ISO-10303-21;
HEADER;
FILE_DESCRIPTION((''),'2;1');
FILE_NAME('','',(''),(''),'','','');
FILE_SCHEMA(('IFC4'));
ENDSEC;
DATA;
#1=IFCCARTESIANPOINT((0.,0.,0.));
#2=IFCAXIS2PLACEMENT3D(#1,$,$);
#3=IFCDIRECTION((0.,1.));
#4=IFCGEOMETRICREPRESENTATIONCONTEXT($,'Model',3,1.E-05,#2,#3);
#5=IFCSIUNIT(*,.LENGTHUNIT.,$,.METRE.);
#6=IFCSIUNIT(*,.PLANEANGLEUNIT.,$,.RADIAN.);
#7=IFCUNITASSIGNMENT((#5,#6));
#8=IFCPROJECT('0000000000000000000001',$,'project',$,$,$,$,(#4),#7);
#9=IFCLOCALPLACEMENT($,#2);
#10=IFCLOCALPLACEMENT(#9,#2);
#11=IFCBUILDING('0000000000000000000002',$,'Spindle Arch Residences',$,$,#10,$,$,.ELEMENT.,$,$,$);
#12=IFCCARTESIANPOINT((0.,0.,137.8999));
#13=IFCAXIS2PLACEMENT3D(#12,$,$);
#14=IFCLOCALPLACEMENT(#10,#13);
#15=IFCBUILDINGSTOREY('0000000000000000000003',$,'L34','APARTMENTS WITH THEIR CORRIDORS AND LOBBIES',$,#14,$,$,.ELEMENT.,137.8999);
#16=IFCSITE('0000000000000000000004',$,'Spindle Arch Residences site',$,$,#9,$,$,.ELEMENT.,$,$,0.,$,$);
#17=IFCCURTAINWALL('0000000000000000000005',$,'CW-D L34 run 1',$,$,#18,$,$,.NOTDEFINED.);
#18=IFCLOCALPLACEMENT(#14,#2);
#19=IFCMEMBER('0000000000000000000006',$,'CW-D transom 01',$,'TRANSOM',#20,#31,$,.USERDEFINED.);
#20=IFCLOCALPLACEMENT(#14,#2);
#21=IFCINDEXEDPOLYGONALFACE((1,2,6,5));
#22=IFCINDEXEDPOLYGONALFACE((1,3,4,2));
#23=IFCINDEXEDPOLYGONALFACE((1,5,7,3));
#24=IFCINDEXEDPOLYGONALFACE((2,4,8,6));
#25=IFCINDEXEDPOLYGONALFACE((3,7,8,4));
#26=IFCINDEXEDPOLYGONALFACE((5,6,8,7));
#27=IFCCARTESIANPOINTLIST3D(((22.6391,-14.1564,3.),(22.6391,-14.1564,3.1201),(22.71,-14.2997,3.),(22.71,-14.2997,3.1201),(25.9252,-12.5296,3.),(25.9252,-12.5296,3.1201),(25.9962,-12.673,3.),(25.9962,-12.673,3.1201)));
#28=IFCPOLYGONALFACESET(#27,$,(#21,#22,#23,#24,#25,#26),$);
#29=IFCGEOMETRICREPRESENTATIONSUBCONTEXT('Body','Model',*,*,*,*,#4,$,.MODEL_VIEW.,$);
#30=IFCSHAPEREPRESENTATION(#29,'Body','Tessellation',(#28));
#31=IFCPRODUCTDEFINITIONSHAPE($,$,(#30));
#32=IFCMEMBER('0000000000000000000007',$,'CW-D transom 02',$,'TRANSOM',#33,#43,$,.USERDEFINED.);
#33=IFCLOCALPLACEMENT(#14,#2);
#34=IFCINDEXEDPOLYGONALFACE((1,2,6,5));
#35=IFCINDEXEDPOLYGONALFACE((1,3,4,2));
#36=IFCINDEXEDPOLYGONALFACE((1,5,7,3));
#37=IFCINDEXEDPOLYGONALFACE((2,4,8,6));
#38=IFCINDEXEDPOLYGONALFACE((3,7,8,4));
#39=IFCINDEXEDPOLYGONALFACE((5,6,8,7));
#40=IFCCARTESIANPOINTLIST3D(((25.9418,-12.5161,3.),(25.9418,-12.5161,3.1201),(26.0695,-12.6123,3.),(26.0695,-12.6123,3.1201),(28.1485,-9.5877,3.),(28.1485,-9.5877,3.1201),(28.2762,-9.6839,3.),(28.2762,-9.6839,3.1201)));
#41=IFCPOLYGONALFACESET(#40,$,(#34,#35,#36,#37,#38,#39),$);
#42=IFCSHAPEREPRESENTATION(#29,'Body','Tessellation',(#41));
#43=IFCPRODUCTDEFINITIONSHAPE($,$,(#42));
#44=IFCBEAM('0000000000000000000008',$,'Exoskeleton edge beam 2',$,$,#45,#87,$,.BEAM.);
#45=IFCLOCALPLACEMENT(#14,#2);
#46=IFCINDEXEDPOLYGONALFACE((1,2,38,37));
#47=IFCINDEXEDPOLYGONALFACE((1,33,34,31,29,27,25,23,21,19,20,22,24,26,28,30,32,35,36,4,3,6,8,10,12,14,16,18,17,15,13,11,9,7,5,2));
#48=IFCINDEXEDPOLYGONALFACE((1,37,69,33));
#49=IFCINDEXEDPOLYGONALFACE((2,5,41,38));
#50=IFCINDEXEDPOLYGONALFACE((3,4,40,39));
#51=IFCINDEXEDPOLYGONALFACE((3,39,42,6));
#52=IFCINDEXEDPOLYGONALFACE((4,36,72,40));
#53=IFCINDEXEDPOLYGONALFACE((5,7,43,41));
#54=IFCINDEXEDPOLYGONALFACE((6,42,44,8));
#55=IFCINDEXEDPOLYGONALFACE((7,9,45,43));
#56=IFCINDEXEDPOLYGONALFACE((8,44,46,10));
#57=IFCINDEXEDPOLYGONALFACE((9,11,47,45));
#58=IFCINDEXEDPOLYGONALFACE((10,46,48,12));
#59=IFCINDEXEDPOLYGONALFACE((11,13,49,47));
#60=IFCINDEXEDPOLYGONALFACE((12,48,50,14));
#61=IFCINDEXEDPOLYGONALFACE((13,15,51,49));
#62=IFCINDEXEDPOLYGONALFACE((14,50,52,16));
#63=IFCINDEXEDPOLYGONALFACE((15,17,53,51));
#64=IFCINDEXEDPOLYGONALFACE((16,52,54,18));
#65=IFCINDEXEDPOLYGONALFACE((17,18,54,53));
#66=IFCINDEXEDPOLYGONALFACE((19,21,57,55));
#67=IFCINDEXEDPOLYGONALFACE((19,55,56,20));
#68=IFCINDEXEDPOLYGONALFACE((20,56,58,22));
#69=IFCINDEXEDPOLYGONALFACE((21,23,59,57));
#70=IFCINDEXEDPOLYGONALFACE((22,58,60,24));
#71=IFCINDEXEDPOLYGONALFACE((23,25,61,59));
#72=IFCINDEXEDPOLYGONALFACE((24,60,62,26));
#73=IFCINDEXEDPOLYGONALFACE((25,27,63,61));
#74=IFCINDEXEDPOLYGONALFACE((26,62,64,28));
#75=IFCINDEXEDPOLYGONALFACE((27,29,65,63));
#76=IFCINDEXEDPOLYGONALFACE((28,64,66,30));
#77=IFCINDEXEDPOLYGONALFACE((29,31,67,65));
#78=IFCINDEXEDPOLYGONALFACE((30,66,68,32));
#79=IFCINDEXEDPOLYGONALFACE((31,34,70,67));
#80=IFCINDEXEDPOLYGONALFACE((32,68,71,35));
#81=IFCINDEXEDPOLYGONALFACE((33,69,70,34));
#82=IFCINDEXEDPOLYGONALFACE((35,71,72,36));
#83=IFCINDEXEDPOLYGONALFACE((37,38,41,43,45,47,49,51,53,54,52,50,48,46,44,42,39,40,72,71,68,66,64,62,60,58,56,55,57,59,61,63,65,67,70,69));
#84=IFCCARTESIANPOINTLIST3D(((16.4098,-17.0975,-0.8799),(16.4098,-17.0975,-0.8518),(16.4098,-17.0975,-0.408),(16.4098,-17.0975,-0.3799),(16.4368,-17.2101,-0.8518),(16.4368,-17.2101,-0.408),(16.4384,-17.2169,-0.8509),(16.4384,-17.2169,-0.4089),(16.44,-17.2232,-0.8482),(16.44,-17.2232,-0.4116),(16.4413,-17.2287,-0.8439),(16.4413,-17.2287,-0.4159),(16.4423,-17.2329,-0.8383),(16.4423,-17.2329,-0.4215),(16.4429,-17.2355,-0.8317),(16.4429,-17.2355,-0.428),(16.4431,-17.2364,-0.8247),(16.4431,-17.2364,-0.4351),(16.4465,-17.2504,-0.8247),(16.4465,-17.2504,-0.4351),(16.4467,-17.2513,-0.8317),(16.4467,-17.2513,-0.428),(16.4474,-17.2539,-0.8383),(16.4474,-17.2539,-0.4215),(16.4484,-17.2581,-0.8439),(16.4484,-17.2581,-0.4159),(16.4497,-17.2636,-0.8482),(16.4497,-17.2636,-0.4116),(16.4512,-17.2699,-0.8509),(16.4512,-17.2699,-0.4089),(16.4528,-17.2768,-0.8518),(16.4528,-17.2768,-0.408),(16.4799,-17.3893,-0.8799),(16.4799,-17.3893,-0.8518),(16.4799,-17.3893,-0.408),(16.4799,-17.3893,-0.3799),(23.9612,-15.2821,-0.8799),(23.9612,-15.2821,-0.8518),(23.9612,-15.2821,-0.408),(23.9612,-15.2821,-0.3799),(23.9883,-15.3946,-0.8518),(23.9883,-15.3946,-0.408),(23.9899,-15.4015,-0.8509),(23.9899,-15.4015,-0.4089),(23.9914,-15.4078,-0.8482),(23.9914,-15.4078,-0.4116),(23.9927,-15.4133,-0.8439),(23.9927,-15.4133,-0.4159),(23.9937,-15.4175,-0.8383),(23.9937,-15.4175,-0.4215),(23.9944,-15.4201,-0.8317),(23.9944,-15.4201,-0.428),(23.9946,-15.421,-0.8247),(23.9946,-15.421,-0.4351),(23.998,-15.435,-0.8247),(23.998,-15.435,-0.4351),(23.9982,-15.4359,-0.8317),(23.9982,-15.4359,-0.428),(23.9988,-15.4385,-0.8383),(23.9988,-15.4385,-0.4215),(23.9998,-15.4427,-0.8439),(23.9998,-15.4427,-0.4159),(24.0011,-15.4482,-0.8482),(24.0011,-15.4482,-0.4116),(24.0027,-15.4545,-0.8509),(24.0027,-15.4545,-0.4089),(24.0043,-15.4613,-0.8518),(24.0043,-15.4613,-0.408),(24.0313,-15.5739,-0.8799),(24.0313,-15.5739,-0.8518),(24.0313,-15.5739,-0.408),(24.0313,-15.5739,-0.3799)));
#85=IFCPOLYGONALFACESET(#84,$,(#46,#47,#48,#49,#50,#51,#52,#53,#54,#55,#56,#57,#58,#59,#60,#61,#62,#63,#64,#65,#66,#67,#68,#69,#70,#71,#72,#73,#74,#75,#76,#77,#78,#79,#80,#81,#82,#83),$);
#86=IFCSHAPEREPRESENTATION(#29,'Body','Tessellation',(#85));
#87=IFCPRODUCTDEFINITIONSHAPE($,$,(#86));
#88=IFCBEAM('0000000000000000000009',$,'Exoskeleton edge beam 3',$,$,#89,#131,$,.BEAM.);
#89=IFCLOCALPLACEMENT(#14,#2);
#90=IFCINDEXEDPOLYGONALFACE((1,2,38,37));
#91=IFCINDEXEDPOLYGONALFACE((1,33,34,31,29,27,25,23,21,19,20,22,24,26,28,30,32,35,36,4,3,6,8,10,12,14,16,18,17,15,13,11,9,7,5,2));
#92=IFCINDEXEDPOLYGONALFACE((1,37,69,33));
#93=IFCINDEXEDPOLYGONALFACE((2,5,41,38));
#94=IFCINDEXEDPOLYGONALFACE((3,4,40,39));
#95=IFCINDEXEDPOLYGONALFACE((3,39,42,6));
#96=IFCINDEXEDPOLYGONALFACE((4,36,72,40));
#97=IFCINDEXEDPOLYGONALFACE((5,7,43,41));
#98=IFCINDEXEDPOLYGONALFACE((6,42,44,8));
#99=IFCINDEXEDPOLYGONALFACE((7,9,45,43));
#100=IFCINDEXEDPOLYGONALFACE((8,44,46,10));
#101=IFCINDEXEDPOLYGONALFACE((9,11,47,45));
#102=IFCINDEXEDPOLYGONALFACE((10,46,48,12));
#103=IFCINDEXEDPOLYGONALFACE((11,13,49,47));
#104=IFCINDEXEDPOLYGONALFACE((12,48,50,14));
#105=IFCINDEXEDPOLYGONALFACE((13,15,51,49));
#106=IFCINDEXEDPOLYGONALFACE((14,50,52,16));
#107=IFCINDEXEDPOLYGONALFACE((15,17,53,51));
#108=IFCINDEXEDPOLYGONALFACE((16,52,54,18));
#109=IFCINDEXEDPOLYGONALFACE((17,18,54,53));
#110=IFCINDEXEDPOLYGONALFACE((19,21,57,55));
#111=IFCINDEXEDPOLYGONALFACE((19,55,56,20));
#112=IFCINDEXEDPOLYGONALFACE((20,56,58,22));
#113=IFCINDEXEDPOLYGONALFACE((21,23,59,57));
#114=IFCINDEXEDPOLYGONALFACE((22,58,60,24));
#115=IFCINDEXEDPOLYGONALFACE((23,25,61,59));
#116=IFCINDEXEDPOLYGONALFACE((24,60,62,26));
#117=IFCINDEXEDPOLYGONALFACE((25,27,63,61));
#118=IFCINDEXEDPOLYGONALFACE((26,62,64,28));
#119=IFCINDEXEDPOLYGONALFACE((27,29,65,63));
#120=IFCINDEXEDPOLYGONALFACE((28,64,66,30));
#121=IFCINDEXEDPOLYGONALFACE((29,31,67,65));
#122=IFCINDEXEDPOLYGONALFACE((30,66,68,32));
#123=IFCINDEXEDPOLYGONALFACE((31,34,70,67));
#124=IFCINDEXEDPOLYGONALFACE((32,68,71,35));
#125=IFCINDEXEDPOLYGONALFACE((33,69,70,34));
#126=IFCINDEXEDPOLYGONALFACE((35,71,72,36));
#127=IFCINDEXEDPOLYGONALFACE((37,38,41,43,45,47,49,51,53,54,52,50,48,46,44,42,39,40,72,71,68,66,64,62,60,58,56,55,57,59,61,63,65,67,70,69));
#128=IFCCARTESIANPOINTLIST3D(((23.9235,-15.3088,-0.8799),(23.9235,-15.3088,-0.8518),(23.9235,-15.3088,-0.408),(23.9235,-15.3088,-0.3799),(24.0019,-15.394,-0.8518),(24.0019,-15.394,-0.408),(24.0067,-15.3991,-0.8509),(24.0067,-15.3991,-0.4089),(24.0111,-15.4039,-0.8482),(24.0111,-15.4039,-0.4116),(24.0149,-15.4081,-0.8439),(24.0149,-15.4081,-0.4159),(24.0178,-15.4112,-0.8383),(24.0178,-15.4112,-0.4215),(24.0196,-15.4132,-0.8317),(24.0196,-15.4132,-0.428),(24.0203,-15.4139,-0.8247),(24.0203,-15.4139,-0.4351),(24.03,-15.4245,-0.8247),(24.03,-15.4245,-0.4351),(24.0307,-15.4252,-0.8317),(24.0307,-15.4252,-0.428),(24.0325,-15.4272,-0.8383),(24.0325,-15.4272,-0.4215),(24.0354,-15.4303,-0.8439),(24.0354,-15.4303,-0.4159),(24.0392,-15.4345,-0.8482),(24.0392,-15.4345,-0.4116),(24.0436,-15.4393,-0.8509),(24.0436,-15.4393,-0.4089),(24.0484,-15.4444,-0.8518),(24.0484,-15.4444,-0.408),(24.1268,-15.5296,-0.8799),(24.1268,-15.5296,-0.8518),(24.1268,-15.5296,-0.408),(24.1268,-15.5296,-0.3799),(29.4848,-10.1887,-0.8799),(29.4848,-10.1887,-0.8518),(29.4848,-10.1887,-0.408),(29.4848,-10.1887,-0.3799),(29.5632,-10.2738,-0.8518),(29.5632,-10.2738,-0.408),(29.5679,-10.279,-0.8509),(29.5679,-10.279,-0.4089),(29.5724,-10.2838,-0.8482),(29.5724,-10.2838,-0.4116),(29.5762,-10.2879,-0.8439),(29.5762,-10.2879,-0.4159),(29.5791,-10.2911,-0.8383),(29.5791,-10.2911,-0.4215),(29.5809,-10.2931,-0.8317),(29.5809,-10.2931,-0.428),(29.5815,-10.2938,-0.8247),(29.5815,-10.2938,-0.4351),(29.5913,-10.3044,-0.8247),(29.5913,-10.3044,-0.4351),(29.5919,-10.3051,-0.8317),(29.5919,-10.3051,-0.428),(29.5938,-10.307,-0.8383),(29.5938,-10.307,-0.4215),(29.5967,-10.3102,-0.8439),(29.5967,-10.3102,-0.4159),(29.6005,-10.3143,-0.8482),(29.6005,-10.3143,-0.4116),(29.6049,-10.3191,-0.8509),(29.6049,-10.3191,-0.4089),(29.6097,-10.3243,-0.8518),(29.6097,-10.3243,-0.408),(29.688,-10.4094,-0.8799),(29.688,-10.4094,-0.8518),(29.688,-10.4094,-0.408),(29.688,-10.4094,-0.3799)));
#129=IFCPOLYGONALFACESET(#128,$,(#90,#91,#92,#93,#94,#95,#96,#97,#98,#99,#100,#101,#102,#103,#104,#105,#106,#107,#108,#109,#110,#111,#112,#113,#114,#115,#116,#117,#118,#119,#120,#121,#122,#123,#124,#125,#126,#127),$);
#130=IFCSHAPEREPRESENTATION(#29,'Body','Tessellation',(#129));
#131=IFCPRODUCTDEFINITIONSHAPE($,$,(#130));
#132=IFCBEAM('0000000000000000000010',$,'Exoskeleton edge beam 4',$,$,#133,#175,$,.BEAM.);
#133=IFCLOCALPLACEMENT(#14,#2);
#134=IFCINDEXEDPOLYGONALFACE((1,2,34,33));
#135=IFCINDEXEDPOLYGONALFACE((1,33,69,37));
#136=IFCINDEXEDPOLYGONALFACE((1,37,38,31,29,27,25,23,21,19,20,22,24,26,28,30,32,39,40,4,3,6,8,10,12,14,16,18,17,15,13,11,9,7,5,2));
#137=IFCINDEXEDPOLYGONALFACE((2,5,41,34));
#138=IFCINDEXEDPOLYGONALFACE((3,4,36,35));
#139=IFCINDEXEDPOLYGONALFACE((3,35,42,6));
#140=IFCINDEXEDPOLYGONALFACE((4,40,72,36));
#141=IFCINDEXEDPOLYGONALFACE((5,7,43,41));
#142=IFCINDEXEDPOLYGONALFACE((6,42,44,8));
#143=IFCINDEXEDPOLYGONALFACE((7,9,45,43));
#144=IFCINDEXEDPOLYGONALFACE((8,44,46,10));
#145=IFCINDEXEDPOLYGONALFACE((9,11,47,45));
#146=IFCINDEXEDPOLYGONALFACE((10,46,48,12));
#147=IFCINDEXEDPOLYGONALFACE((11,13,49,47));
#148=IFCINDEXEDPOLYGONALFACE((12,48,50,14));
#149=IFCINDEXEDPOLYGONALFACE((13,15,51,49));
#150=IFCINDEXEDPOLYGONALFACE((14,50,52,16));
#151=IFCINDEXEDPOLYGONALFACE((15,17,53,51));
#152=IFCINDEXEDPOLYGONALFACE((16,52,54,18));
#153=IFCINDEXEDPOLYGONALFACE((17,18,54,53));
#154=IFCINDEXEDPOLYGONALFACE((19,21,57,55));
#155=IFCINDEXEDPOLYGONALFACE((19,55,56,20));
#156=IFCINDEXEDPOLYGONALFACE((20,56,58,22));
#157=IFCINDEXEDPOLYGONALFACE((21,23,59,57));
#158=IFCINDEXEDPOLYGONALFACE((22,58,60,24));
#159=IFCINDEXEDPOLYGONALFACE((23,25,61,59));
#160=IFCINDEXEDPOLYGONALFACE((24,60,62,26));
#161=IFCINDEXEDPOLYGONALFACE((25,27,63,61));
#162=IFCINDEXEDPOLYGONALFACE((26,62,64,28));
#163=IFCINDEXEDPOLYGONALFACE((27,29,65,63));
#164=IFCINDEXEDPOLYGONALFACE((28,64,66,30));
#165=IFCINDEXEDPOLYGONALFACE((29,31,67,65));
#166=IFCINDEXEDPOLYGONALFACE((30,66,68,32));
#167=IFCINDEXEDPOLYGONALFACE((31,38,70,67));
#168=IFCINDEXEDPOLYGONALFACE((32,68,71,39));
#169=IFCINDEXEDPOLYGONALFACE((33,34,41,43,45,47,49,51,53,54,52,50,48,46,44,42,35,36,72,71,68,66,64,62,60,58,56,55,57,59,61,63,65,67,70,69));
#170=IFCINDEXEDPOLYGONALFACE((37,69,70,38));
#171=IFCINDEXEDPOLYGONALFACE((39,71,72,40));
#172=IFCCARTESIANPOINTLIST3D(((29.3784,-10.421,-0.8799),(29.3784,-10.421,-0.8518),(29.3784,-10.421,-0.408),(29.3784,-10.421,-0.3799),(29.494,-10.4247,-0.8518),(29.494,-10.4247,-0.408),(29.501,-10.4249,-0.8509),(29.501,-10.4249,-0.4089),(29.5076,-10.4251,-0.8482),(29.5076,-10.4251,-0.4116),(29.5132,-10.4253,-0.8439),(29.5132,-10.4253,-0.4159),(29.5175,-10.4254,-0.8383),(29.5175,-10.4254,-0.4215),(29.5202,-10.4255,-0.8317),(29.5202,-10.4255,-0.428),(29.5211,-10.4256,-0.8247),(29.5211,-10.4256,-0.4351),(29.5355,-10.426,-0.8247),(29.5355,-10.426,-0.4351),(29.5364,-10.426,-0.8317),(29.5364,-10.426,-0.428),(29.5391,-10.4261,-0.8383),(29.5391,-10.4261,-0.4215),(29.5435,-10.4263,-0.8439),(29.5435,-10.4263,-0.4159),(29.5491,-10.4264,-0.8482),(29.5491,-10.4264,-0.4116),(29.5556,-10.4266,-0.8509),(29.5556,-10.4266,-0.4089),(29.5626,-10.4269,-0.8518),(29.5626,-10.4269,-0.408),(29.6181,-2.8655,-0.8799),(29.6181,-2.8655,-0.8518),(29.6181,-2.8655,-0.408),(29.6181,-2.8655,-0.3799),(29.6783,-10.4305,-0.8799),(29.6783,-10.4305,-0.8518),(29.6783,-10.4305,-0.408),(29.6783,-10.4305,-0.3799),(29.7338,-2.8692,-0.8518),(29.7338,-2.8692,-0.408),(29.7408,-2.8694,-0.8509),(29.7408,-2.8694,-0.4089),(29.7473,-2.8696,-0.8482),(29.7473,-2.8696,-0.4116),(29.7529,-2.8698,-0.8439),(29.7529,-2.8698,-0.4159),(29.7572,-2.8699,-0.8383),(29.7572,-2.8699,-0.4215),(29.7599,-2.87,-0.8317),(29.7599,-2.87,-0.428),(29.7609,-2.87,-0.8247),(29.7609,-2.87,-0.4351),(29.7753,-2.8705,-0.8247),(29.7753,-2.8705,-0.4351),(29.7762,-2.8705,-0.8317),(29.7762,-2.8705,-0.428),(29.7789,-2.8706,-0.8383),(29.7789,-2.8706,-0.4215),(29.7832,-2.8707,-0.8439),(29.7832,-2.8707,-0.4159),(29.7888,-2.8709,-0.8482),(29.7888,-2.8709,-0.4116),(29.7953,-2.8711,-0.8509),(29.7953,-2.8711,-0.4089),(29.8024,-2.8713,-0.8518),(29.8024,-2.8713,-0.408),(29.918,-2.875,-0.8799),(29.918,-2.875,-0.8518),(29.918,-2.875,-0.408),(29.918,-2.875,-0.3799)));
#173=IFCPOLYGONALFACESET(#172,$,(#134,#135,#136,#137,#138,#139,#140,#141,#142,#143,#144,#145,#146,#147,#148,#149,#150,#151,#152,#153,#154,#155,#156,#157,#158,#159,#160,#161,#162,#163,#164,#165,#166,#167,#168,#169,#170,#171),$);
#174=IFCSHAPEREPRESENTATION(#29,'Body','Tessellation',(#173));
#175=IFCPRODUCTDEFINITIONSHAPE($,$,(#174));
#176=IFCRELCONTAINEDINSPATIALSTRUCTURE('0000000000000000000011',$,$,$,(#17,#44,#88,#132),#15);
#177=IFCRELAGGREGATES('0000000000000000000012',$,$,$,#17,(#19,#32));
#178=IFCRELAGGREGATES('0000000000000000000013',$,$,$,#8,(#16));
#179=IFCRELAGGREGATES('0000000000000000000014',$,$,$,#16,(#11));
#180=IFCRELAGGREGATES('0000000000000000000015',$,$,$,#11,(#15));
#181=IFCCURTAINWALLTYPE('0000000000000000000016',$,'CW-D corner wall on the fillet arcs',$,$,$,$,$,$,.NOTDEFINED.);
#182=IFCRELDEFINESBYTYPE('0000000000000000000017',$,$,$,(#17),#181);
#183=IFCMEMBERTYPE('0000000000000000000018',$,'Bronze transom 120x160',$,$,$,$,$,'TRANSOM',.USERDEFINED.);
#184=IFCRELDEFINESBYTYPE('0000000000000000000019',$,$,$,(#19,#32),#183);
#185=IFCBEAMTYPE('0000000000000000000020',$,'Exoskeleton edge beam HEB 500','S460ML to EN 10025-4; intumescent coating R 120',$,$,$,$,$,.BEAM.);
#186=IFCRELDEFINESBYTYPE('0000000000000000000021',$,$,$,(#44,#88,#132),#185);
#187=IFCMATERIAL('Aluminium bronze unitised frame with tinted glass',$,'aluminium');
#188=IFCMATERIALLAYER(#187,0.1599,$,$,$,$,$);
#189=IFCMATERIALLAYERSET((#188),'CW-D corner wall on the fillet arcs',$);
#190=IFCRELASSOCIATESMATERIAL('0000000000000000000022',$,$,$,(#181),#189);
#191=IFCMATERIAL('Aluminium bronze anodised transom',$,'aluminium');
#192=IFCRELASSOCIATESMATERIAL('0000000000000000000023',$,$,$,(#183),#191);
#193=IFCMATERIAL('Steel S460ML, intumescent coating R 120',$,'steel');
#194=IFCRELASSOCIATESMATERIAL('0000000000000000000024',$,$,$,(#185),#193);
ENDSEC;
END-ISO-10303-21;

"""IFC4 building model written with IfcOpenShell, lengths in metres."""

from ifc_helpers import new_model, si_unit, direction, frame, origin, origin_2d, place, context, subcontext, project, spatial, rectangle, i_section, extrude, material, layer, layer_set, material_profile, profile_set, type_object, element, aggregate, save


model = new_model("IFC4")

# Units and contexts
model_context = context("Model", 3, precision=1e-05, world=origin(), true_north=direction((0.0, 1.0)))
body_context = subcontext(model_context, "Body", "Model", "MODEL_VIEW")
ifc_project = project(units=[si_unit("LENGTHUNIT", "METRE"), si_unit("PLANEANGLEUNIT", "RADIAN")], contexts=[model_context])

# Site, building, storey
site_placement = place(None, origin())
site = spatial("IfcSite", under=ifc_project, at=site_placement, Name="Spindle Arch Residences site", CompositionType="ELEMENT", RefElevation=0.0)
building_placement = place(site_placement, origin())
building = spatial("IfcBuilding", under=site, at=building_placement, Name="Spindle Arch Residences", CompositionType="ELEMENT")
storey_placement = place(building_placement, frame((0.0, 0.0, 137.8999)))
storey = spatial("IfcBuildingStorey", under=building, at=storey_placement, Name="L34", Description="APARTMENTS WITH THEIR CORRIDORS AND LOBBIES", CompositionType="ELEMENT", Elevation=137.8999)

# Curtain wall, members
ifc_material_1 = material(Name="Aluminium bronze unitised frame with tinted glass", Category="aluminium")
ifc_layer_1 = layer(ifc_material_1, 0.1599)
ifc_layer_set_1 = layer_set([ifc_layer_1], Name="CW-D corner wall on the fillet arcs")
curtain_wall_type = type_object("IfcCurtainWallType", Name="CW-D corner wall on the fillet arcs", PredefinedType="NOTDEFINED", material=ifc_layer_set_1)
curtain_wall_placement = place(storey_placement, origin())
curtain_wall = element("IfcCurtainWall", 1, at=curtain_wall_placement, inside=storey, type_object=curtain_wall_type, Name="CW-D L34 run 1", PredefinedType="NOTDEFINED")
ifc_material_2 = material(Name="Aluminium bronze anodised transom", Category="aluminium")
ifc_material_profile_1 = material_profile(ifc_material_2, rectangle(XDim=0.1599, YDim=0.1201, at=origin_2d()), Name="TR 120x160")
ifc_profile_set_1 = profile_set([ifc_material_profile_1], Name="Aluminium bronze anodised transom")
member_type_1 = type_object("IfcMemberType", Name="Bronze transom 120x160", ElementType="TRANSOM", PredefinedType="USERDEFINED", material=ifc_profile_set_1)
member_1_placement = place(storey_placement, frame((22.6746, -14.228, 3.0601), z_axis=(0.896204, 0.443641, 0.0), x_axis=(-0.443641, 0.896204, 0.0)))
member_1 = element("IfcMember", 2, at=member_1_placement, type_object=member_type_1, Name="CW-D transom 01", ObjectType="TRANSOM", PredefinedType="USERDEFINED", context=body_context, shape_type="SweptSolid", body=[
    extrude(rectangle(XDim=0.1599, YDim=0.1201, at=origin_2d()), origin(), (0.0, 0.0, 1.0), 3.6667),
])
member_2_placement = place(storey_placement, frame((26.0056, -12.5642, 3.0601), z_axis=(0.60182, 0.798632, 0.0), x_axis=(-0.798632, 0.60182, 0.0)))
member_2 = element("IfcMember", 3, at=member_2_placement, type_object=member_type_1, Name="CW-D transom 02", ObjectType="TRANSOM", PredefinedType="USERDEFINED", context=body_context, shape_type="SweptSolid", body=[
    extrude(rectangle(XDim=0.1599, YDim=0.1201, at=origin_2d()), origin(), (0.0, 0.0, 1.0), 3.6667),
])

# Beams
ifc_material_3 = material(Name="Steel S460ML, intumescent coating R 120", Category="steel")
ifc_material_profile_2 = material_profile(ifc_material_3, i_section(OverallWidth=0.3, OverallDepth=0.5, WebThickness=0.0144, FlangeThickness=0.0281, FilletRadius=0.0271, at=origin_2d()), Name="HEB 500")
ifc_profile_set_2 = profile_set([ifc_material_profile_2], Name="Steel S460ML, intumescent coating R 120")
beam_type_1 = type_object("IfcBeamType", Name="Exoskeleton edge beam HEB 500", Description="S460ML to EN 10025-4; intumescent coating R 120", PredefinedType="BEAM", material=ifc_profile_set_2)
beam_1_placement = place(storey_placement, frame((16.4448, -17.2434, -0.6299), z_axis=(0.972298, 0.233746, 0.0), x_axis=(-0.233746, 0.972298, 0.0)))
element("IfcBeam", 4, at=beam_1_placement, inside=storey, type_object=beam_type_1, Name="Exoskeleton edge beam 2", PredefinedType="BEAM", context=body_context, shape_type="SweptSolid", body=[
    extrude(i_section(OverallWidth=0.3, OverallDepth=0.5, WebThickness=0.0144, FlangeThickness=0.0281, FilletRadius=0.0271, at=origin_2d()), origin(), (0.0, 0.0, 1.0), 7.7666),
])
for number, where, z_axis, x_axis, name in (
    (5, (24.0251, -15.4192, -0.6299), (0.735684, 0.677324, 0.0), (-0.677324, 0.735684, 0.0), "Exoskeleton edge beam 3"),
    (6, (29.5283, -10.4258, -0.6299), (0.031716, 0.999497, 0.0), (-0.999497, 0.031716, 0.0), "Exoskeleton edge beam 4"),
):
    element("IfcBeam", number, at=place(storey_placement, frame(where, z_axis=z_axis, x_axis=x_axis)), inside=storey, type_object=beam_type_1, Name=name, PredefinedType="BEAM", context=body_context, shape_type="SweptSolid", body=[
        extrude(i_section(OverallWidth=0.3, OverallDepth=0.5, WebThickness=0.0144, FlangeThickness=0.0281, FilletRadius=0.0271, at=origin_2d()), origin(), (0.0, 0.0, 1.0), 7.5593),
    ])

aggregate(curtain_wall, [member_1, member_2])

save(model, "model.ifc")
